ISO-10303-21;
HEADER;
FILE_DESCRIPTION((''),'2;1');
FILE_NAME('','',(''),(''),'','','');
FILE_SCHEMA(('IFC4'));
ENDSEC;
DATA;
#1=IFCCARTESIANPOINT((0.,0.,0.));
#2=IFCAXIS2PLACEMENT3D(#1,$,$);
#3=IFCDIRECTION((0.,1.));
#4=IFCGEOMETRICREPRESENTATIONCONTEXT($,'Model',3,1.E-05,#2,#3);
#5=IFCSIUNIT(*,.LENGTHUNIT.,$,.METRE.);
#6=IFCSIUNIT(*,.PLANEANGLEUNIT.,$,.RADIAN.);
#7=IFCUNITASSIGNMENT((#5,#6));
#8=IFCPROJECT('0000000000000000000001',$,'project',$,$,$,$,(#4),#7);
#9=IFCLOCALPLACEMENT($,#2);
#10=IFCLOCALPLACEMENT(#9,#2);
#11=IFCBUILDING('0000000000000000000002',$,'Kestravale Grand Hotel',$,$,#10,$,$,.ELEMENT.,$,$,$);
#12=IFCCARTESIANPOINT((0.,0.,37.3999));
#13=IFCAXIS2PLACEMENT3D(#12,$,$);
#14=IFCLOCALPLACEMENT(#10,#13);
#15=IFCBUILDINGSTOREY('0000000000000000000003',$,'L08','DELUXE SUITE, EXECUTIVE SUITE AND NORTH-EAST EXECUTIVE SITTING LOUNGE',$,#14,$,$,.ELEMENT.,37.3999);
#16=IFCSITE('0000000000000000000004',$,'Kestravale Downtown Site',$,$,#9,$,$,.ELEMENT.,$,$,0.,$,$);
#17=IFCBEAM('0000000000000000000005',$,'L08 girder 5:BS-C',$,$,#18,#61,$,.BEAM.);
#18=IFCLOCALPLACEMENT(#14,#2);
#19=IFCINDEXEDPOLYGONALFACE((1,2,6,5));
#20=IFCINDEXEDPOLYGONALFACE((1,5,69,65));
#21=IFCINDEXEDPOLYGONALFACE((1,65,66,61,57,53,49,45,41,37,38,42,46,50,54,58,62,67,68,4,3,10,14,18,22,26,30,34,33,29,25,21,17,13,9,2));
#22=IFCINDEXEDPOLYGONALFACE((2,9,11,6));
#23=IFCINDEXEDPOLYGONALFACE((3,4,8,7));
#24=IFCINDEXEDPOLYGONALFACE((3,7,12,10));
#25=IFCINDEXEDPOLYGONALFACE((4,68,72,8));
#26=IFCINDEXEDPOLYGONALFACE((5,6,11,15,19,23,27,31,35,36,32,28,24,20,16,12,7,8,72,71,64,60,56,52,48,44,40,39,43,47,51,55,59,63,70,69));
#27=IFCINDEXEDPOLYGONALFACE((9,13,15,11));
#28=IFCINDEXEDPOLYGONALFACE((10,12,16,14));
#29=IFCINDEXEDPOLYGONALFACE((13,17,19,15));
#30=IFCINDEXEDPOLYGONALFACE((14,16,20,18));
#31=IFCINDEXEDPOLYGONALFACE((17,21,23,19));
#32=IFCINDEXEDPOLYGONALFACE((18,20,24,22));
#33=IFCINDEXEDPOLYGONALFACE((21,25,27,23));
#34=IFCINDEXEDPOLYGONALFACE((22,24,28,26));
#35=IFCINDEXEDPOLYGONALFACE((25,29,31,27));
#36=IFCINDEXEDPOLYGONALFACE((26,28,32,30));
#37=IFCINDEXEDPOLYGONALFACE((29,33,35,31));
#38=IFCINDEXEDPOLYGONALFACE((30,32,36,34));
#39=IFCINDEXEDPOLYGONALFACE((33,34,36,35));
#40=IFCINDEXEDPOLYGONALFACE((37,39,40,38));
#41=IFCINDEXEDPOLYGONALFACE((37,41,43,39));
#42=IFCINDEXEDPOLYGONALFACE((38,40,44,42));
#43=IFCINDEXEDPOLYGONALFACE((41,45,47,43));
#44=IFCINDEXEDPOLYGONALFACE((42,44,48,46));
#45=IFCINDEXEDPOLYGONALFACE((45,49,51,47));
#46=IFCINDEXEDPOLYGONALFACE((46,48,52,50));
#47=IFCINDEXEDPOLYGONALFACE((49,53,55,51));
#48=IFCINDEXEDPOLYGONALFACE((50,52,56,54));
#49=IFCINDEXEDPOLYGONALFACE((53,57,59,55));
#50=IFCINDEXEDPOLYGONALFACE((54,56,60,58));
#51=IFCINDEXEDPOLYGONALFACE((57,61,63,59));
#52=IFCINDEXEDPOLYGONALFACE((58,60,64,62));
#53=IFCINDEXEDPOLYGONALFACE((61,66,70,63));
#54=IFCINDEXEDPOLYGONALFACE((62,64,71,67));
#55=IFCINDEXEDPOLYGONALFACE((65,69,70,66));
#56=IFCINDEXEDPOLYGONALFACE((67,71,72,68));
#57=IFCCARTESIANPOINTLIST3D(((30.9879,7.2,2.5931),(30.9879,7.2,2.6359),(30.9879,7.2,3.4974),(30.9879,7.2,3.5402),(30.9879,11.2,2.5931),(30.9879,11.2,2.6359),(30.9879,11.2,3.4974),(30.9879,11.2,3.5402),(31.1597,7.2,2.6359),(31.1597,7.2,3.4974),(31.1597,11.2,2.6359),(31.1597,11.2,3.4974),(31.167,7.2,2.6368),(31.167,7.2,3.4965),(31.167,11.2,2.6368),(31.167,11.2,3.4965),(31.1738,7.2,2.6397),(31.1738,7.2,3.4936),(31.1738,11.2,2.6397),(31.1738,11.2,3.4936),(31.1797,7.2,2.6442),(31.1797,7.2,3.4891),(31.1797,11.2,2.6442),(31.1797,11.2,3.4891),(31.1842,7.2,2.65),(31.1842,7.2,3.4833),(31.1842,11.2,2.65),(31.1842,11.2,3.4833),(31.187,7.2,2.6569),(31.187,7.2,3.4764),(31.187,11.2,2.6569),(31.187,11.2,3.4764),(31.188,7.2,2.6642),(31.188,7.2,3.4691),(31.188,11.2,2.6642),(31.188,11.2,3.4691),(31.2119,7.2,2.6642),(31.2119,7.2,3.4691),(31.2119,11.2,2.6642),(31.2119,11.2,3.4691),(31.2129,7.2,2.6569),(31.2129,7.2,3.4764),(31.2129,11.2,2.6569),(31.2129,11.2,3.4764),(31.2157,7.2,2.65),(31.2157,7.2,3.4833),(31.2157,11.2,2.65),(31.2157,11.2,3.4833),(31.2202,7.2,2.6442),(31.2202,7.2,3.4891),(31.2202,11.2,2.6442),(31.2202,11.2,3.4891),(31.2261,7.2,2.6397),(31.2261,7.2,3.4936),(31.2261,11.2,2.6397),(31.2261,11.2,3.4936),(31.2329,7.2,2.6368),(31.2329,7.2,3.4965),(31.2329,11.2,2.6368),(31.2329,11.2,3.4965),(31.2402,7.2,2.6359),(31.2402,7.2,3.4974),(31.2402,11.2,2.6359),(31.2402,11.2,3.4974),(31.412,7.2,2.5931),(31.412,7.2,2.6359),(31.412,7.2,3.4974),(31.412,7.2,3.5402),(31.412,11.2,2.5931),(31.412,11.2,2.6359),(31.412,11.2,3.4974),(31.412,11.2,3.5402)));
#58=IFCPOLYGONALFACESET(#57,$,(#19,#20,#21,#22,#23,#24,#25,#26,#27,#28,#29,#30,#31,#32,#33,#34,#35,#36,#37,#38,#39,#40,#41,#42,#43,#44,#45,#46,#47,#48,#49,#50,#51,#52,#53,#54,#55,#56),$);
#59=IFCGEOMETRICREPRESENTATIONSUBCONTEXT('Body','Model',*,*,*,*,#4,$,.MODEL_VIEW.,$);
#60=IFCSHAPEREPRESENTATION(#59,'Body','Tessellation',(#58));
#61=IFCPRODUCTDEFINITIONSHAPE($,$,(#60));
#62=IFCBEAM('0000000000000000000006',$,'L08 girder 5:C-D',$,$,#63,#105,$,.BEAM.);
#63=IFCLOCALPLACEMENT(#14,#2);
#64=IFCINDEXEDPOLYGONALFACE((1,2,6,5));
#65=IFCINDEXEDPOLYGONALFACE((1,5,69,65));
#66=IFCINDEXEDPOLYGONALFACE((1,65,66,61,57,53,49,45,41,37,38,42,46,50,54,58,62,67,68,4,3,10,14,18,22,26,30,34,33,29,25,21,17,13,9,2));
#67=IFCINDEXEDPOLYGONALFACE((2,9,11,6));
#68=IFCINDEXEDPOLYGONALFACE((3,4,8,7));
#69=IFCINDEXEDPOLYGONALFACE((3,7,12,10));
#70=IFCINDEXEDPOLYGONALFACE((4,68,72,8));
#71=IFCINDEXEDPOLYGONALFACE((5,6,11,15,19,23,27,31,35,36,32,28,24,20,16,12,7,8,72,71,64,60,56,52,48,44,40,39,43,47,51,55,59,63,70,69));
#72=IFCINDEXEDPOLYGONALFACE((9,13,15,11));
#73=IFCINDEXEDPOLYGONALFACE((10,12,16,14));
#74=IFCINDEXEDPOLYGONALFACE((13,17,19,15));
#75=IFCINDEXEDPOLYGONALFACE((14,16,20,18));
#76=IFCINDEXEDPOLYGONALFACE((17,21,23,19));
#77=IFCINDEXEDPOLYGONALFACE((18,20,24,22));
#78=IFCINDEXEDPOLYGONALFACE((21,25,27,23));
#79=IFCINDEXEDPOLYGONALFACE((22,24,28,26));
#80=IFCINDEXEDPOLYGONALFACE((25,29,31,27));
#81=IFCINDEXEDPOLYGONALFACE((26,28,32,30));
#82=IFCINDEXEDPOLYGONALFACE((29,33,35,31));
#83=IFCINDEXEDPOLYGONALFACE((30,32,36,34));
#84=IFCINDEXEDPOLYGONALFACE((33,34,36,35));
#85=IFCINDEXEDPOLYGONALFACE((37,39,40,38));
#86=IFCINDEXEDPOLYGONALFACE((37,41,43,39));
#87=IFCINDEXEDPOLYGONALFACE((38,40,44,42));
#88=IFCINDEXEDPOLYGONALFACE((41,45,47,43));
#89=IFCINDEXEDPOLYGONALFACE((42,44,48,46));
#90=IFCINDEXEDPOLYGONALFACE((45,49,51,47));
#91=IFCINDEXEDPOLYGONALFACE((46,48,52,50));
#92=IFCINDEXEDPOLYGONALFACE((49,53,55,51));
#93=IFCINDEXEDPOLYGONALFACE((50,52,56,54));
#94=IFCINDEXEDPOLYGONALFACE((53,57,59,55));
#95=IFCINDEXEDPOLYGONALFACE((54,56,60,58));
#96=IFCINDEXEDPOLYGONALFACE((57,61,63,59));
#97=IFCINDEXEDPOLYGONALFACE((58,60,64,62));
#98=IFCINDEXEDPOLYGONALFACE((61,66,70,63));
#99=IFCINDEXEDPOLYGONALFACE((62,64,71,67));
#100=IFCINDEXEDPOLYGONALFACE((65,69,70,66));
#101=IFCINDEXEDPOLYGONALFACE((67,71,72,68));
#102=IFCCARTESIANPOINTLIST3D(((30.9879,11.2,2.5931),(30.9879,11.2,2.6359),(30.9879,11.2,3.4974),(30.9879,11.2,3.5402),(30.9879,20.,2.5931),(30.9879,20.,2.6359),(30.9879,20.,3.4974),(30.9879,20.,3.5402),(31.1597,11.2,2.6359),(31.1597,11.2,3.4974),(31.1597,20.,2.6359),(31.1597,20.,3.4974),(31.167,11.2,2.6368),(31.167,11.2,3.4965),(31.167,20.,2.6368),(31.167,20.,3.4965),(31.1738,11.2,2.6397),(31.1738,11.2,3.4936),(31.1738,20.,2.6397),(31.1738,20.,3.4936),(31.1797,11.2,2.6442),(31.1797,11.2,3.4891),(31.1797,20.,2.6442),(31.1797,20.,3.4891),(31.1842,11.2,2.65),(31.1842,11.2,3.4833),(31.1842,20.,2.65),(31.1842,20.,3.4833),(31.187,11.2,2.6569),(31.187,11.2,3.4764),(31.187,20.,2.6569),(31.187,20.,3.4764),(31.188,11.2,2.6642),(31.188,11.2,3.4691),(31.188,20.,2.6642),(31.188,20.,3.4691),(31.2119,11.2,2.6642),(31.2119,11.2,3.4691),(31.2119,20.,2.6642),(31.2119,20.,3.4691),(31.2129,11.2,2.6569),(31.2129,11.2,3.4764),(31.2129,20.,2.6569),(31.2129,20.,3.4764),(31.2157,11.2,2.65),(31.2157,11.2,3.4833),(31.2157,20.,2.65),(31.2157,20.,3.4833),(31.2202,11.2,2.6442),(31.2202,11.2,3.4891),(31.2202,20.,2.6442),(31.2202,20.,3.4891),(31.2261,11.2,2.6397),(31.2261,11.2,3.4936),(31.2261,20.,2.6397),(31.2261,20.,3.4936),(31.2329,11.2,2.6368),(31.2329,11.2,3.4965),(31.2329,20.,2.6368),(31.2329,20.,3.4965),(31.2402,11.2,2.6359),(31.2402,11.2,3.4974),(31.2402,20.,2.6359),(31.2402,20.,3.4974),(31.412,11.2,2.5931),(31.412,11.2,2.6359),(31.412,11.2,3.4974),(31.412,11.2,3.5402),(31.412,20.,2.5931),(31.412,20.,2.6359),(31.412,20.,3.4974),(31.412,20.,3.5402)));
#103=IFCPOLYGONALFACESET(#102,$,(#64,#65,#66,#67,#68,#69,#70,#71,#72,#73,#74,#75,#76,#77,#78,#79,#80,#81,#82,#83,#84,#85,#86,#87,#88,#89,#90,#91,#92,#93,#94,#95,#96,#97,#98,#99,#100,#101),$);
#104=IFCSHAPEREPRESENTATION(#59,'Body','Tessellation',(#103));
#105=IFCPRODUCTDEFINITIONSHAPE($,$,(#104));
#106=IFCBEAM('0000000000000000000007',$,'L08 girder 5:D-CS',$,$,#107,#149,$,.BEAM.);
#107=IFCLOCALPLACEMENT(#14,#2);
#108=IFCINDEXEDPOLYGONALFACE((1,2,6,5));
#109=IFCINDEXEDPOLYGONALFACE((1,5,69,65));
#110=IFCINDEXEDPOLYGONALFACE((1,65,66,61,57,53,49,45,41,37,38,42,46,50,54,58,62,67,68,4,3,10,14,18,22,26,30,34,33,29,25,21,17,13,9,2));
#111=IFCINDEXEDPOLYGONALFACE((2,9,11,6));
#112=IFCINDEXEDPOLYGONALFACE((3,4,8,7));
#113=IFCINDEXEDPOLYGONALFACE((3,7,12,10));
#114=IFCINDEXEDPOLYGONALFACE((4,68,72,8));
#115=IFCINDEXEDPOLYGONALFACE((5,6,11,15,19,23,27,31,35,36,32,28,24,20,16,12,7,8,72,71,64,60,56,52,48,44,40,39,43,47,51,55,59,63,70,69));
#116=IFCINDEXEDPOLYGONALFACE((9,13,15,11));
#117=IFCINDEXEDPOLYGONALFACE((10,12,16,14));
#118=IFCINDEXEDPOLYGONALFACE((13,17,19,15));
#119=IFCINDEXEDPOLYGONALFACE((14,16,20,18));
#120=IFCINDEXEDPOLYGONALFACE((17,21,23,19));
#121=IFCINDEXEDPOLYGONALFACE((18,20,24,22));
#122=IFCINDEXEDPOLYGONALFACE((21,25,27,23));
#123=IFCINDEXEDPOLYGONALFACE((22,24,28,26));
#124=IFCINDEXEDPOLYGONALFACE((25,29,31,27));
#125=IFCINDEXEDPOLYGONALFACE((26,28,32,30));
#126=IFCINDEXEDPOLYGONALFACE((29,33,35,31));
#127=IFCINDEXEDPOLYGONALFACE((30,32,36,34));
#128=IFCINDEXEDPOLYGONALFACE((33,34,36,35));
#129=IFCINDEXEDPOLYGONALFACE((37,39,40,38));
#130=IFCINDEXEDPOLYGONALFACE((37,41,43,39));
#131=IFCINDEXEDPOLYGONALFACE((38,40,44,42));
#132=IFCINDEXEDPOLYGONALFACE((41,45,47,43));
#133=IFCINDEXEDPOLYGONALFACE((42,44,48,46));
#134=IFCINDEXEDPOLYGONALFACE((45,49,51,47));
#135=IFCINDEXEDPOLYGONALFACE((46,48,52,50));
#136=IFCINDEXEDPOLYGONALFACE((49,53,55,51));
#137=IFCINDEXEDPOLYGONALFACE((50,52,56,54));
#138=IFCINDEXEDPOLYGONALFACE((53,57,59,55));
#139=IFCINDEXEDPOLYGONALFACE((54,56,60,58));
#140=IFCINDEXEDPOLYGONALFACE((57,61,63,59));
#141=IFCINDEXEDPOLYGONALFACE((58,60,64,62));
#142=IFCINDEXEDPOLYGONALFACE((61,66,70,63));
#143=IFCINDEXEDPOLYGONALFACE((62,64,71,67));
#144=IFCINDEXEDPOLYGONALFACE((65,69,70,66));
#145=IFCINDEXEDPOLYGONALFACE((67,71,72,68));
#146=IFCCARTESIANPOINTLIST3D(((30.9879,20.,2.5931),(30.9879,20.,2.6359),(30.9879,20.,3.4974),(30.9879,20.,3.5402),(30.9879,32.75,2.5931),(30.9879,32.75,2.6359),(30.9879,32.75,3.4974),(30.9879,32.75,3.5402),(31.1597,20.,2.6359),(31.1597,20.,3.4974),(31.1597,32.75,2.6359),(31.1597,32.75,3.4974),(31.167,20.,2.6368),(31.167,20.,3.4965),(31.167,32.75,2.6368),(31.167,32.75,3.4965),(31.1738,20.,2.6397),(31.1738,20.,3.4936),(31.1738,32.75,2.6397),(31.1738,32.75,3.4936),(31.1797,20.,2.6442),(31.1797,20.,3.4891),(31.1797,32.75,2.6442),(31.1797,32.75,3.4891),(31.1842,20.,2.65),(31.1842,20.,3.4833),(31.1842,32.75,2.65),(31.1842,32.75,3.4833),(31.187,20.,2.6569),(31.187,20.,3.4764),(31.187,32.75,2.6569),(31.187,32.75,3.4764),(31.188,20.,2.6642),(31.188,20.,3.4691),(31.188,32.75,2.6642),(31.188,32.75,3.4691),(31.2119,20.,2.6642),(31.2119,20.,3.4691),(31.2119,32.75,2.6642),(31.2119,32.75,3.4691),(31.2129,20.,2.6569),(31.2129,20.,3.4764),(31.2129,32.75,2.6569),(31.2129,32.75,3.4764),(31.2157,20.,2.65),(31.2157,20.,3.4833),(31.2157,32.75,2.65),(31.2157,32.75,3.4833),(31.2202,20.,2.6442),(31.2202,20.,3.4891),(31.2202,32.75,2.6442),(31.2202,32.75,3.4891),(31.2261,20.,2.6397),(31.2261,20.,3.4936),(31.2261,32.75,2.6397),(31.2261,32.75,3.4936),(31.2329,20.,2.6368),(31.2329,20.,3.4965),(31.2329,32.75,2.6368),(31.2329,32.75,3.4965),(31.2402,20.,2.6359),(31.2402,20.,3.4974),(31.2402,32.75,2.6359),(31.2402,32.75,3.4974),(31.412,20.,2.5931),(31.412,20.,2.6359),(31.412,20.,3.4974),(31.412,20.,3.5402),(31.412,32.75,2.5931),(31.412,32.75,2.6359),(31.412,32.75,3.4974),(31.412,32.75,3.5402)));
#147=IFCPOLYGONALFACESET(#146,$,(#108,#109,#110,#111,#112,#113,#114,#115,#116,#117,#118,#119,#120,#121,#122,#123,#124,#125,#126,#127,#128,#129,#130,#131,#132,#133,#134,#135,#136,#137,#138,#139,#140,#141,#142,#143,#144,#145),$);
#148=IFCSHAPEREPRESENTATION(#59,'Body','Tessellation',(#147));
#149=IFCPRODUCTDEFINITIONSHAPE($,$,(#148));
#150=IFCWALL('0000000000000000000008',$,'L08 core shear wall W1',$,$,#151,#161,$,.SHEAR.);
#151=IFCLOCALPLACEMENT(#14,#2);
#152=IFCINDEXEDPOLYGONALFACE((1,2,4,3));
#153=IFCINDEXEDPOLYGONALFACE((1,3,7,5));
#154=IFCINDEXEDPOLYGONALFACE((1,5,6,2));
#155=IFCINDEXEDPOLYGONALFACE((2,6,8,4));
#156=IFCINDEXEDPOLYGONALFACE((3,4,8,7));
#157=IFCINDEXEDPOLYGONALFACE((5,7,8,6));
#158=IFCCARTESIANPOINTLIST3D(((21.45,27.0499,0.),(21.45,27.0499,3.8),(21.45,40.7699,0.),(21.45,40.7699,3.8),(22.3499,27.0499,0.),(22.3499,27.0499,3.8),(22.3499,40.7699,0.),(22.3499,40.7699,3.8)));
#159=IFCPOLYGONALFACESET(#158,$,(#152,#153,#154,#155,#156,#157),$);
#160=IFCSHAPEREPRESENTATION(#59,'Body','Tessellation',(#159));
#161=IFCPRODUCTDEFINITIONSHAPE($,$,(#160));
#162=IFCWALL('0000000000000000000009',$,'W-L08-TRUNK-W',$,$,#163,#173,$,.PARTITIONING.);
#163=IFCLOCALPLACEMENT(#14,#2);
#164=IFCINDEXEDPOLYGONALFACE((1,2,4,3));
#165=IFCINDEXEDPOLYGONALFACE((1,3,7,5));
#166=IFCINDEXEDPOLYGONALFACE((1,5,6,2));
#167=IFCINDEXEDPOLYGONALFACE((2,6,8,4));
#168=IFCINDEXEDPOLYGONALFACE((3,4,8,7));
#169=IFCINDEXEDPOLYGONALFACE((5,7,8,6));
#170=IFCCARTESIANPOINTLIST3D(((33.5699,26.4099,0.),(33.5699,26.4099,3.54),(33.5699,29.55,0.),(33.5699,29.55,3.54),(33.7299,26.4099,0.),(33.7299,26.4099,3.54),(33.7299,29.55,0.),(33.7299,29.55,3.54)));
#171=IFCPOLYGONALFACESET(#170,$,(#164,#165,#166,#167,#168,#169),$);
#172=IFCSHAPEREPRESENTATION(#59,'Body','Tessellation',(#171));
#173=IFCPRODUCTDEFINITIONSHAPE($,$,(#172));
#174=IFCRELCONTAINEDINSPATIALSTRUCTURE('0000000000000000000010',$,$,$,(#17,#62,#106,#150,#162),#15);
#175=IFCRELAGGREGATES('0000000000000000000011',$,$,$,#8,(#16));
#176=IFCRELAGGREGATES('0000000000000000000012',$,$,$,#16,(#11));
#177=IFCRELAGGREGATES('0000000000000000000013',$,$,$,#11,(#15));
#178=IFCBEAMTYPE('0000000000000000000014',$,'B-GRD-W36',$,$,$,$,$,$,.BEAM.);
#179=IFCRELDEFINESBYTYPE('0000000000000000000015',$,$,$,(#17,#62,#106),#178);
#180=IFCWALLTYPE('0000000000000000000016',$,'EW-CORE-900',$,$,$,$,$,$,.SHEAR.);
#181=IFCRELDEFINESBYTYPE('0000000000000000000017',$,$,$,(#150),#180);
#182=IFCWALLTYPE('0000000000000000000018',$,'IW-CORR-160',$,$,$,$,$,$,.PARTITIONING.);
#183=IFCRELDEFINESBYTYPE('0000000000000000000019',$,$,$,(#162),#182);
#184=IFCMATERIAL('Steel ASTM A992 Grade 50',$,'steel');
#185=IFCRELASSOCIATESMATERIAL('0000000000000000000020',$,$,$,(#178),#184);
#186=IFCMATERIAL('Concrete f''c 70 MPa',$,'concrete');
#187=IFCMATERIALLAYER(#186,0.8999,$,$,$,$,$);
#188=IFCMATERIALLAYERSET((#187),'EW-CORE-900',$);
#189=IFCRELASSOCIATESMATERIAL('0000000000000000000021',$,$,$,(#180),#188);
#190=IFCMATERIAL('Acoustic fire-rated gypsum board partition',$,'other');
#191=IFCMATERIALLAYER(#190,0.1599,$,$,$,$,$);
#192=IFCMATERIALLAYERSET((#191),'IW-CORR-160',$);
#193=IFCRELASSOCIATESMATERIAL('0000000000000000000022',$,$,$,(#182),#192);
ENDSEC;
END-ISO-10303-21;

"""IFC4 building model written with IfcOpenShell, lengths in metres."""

from ifc_helpers import new_model, si_unit, direction, frame, frame_2d, origin, origin_2d, place, context, subcontext, project, spatial, rectangle, i_section, extrude, material, layer, layer_set, material_profile, profile_set, type_object, element, save


model = new_model("IFC4")

# Units and contexts
model_context = context("Model", 3, precision=1e-05, world=origin(), true_north=direction((0.0, 1.0)))
body_context = subcontext(model_context, "Body", "Model", "MODEL_VIEW")
ifc_project = project(units=[si_unit("LENGTHUNIT", "METRE"), si_unit("PLANEANGLEUNIT", "RADIAN")], contexts=[model_context])

# Site, building, storey
site_placement = place(None, origin())
site = spatial("IfcSite", under=ifc_project, at=site_placement, Name="Kestravale Downtown Site", CompositionType="ELEMENT", RefElevation=0.0)
building_placement = place(site_placement, origin())
building = spatial("IfcBuilding", under=site, at=building_placement, Name="Kestravale Grand Hotel", CompositionType="ELEMENT")
storey_placement = place(building_placement, frame((0.0, 0.0, 37.3999)))
storey = spatial("IfcBuildingStorey", under=building, at=storey_placement, Name="L08", Description="DELUXE SUITE, EXECUTIVE SUITE AND NORTH-EAST EXECUTIVE SITTING LOUNGE", CompositionType="ELEMENT", Elevation=37.3999)

# Beams
ifc_material_1 = material(Name="Steel ASTM A992 Grade 50", Category="steel")
ifc_material_profile_1 = material_profile(ifc_material_1, i_section(OverallWidth=0.4241, OverallDepth=0.947, WebThickness=0.0239, FlangeThickness=0.0427, FilletRadius=0.0283, at=origin_2d()))
ifc_profile_set_1 = profile_set([ifc_material_profile_1], Name="Steel ASTM A992 Grade 50")
beam_type_1 = type_object("IfcBeamType", Name="B-GRD-W36", PredefinedType="BEAM", material=ifc_profile_set_1)
beam_1_placement = place(storey_placement, frame((31.2, 7.2, 3.0667), z_axis=(0.0, 1.0, 0.0), x_axis=(-1.0, 0.0, 0.0)))
element("IfcBeam", 1, at=beam_1_placement, inside=storey, type_object=beam_type_1, Name="L08 girder 5:BS-C", PredefinedType="BEAM", context=body_context, shape_type="SweptSolid", body=[
    extrude(i_section(OverallWidth=0.4241, OverallDepth=0.947, WebThickness=0.0239, FlangeThickness=0.0427, FilletRadius=0.0283, at=origin_2d()), origin(), (0.0, 0.0, 1.0), 4.0),
])
beam_2_placement = place(storey_placement, frame((31.2, 11.2, 3.0667), z_axis=(0.0, 1.0, 0.0), x_axis=(-1.0, 0.0, 0.0)))
element("IfcBeam", 2, at=beam_2_placement, inside=storey, type_object=beam_type_1, Name="L08 girder 5:C-D", PredefinedType="BEAM", context=body_context, shape_type="SweptSolid", body=[
    extrude(i_section(OverallWidth=0.4241, OverallDepth=0.947, WebThickness=0.0239, FlangeThickness=0.0427, FilletRadius=0.0283, at=origin_2d()), origin(), (0.0, 0.0, 1.0), 8.8),
])
beam_3_placement = place(storey_placement, frame((31.2, 20.0, 3.0667), z_axis=(0.0, 1.0, 0.0), x_axis=(-1.0, 0.0, 0.0)))
element("IfcBeam", 3, at=beam_3_placement, inside=storey, type_object=beam_type_1, Name="L08 girder 5:D-CS", PredefinedType="BEAM", context=body_context, shape_type="SweptSolid", body=[
    extrude(i_section(OverallWidth=0.4241, OverallDepth=0.947, WebThickness=0.0239, FlangeThickness=0.0427, FilletRadius=0.0283, at=origin_2d()), origin(), (0.0, 0.0, 1.0), 12.75),
])

# Walls
ifc_material_2 = material(Name="Concrete f'c 70 MPa", Category="concrete")
ifc_layer_1 = layer(ifc_material_2, 0.8999)
ifc_layer_set_1 = layer_set([ifc_layer_1], Name="EW-CORE-900")
wall_type_1 = type_object("IfcWallType", Name="EW-CORE-900", PredefinedType="SHEAR", material=ifc_layer_set_1)
wall_1_placement = place(storey_placement, frame((21.8999, 27.05, 0.0), z_axis=(0.0, 0.0, 1.0), x_axis=(0.0, 1.0, 0.0)))
element("IfcWall", 4, at=wall_1_placement, inside=storey, type_object=wall_type_1, Name="L08 core shear wall W1", PredefinedType="SHEAR", context=body_context, shape_type="SweptSolid", body=[
    extrude(rectangle(XDim=13.72, YDim=0.8999, at=frame_2d((6.8599, 0.0))), origin(), (0.0, 0.0, 1.0), 3.8),
])
ifc_material_3 = material(Name="Acoustic fire-rated gypsum board partition", Category="other")
ifc_layer_2 = layer(ifc_material_3, 0.1599)
ifc_layer_set_2 = layer_set([ifc_layer_2], Name="IW-CORR-160")
wall_type_2 = type_object("IfcWallType", Name="IW-CORR-160", PredefinedType="PARTITIONING", material=ifc_layer_set_2)
wall_2_placement = place(storey_placement, frame((33.6499, 26.4099, 0.0), z_axis=(0.0, 0.0, 1.0), x_axis=(0.0, 1.0, 0.0)))
element("IfcWall", 5, at=wall_2_placement, inside=storey, type_object=wall_type_2, Name="W-L08-TRUNK-W", PredefinedType="PARTITIONING", context=body_context, shape_type="SweptSolid", body=[
    extrude(rectangle(XDim=3.1401, YDim=0.1599, at=frame_2d((1.5701, 0.0))), origin(), (0.0, 0.0, 1.0), 3.54),
])

save(model, "model.ifc")
